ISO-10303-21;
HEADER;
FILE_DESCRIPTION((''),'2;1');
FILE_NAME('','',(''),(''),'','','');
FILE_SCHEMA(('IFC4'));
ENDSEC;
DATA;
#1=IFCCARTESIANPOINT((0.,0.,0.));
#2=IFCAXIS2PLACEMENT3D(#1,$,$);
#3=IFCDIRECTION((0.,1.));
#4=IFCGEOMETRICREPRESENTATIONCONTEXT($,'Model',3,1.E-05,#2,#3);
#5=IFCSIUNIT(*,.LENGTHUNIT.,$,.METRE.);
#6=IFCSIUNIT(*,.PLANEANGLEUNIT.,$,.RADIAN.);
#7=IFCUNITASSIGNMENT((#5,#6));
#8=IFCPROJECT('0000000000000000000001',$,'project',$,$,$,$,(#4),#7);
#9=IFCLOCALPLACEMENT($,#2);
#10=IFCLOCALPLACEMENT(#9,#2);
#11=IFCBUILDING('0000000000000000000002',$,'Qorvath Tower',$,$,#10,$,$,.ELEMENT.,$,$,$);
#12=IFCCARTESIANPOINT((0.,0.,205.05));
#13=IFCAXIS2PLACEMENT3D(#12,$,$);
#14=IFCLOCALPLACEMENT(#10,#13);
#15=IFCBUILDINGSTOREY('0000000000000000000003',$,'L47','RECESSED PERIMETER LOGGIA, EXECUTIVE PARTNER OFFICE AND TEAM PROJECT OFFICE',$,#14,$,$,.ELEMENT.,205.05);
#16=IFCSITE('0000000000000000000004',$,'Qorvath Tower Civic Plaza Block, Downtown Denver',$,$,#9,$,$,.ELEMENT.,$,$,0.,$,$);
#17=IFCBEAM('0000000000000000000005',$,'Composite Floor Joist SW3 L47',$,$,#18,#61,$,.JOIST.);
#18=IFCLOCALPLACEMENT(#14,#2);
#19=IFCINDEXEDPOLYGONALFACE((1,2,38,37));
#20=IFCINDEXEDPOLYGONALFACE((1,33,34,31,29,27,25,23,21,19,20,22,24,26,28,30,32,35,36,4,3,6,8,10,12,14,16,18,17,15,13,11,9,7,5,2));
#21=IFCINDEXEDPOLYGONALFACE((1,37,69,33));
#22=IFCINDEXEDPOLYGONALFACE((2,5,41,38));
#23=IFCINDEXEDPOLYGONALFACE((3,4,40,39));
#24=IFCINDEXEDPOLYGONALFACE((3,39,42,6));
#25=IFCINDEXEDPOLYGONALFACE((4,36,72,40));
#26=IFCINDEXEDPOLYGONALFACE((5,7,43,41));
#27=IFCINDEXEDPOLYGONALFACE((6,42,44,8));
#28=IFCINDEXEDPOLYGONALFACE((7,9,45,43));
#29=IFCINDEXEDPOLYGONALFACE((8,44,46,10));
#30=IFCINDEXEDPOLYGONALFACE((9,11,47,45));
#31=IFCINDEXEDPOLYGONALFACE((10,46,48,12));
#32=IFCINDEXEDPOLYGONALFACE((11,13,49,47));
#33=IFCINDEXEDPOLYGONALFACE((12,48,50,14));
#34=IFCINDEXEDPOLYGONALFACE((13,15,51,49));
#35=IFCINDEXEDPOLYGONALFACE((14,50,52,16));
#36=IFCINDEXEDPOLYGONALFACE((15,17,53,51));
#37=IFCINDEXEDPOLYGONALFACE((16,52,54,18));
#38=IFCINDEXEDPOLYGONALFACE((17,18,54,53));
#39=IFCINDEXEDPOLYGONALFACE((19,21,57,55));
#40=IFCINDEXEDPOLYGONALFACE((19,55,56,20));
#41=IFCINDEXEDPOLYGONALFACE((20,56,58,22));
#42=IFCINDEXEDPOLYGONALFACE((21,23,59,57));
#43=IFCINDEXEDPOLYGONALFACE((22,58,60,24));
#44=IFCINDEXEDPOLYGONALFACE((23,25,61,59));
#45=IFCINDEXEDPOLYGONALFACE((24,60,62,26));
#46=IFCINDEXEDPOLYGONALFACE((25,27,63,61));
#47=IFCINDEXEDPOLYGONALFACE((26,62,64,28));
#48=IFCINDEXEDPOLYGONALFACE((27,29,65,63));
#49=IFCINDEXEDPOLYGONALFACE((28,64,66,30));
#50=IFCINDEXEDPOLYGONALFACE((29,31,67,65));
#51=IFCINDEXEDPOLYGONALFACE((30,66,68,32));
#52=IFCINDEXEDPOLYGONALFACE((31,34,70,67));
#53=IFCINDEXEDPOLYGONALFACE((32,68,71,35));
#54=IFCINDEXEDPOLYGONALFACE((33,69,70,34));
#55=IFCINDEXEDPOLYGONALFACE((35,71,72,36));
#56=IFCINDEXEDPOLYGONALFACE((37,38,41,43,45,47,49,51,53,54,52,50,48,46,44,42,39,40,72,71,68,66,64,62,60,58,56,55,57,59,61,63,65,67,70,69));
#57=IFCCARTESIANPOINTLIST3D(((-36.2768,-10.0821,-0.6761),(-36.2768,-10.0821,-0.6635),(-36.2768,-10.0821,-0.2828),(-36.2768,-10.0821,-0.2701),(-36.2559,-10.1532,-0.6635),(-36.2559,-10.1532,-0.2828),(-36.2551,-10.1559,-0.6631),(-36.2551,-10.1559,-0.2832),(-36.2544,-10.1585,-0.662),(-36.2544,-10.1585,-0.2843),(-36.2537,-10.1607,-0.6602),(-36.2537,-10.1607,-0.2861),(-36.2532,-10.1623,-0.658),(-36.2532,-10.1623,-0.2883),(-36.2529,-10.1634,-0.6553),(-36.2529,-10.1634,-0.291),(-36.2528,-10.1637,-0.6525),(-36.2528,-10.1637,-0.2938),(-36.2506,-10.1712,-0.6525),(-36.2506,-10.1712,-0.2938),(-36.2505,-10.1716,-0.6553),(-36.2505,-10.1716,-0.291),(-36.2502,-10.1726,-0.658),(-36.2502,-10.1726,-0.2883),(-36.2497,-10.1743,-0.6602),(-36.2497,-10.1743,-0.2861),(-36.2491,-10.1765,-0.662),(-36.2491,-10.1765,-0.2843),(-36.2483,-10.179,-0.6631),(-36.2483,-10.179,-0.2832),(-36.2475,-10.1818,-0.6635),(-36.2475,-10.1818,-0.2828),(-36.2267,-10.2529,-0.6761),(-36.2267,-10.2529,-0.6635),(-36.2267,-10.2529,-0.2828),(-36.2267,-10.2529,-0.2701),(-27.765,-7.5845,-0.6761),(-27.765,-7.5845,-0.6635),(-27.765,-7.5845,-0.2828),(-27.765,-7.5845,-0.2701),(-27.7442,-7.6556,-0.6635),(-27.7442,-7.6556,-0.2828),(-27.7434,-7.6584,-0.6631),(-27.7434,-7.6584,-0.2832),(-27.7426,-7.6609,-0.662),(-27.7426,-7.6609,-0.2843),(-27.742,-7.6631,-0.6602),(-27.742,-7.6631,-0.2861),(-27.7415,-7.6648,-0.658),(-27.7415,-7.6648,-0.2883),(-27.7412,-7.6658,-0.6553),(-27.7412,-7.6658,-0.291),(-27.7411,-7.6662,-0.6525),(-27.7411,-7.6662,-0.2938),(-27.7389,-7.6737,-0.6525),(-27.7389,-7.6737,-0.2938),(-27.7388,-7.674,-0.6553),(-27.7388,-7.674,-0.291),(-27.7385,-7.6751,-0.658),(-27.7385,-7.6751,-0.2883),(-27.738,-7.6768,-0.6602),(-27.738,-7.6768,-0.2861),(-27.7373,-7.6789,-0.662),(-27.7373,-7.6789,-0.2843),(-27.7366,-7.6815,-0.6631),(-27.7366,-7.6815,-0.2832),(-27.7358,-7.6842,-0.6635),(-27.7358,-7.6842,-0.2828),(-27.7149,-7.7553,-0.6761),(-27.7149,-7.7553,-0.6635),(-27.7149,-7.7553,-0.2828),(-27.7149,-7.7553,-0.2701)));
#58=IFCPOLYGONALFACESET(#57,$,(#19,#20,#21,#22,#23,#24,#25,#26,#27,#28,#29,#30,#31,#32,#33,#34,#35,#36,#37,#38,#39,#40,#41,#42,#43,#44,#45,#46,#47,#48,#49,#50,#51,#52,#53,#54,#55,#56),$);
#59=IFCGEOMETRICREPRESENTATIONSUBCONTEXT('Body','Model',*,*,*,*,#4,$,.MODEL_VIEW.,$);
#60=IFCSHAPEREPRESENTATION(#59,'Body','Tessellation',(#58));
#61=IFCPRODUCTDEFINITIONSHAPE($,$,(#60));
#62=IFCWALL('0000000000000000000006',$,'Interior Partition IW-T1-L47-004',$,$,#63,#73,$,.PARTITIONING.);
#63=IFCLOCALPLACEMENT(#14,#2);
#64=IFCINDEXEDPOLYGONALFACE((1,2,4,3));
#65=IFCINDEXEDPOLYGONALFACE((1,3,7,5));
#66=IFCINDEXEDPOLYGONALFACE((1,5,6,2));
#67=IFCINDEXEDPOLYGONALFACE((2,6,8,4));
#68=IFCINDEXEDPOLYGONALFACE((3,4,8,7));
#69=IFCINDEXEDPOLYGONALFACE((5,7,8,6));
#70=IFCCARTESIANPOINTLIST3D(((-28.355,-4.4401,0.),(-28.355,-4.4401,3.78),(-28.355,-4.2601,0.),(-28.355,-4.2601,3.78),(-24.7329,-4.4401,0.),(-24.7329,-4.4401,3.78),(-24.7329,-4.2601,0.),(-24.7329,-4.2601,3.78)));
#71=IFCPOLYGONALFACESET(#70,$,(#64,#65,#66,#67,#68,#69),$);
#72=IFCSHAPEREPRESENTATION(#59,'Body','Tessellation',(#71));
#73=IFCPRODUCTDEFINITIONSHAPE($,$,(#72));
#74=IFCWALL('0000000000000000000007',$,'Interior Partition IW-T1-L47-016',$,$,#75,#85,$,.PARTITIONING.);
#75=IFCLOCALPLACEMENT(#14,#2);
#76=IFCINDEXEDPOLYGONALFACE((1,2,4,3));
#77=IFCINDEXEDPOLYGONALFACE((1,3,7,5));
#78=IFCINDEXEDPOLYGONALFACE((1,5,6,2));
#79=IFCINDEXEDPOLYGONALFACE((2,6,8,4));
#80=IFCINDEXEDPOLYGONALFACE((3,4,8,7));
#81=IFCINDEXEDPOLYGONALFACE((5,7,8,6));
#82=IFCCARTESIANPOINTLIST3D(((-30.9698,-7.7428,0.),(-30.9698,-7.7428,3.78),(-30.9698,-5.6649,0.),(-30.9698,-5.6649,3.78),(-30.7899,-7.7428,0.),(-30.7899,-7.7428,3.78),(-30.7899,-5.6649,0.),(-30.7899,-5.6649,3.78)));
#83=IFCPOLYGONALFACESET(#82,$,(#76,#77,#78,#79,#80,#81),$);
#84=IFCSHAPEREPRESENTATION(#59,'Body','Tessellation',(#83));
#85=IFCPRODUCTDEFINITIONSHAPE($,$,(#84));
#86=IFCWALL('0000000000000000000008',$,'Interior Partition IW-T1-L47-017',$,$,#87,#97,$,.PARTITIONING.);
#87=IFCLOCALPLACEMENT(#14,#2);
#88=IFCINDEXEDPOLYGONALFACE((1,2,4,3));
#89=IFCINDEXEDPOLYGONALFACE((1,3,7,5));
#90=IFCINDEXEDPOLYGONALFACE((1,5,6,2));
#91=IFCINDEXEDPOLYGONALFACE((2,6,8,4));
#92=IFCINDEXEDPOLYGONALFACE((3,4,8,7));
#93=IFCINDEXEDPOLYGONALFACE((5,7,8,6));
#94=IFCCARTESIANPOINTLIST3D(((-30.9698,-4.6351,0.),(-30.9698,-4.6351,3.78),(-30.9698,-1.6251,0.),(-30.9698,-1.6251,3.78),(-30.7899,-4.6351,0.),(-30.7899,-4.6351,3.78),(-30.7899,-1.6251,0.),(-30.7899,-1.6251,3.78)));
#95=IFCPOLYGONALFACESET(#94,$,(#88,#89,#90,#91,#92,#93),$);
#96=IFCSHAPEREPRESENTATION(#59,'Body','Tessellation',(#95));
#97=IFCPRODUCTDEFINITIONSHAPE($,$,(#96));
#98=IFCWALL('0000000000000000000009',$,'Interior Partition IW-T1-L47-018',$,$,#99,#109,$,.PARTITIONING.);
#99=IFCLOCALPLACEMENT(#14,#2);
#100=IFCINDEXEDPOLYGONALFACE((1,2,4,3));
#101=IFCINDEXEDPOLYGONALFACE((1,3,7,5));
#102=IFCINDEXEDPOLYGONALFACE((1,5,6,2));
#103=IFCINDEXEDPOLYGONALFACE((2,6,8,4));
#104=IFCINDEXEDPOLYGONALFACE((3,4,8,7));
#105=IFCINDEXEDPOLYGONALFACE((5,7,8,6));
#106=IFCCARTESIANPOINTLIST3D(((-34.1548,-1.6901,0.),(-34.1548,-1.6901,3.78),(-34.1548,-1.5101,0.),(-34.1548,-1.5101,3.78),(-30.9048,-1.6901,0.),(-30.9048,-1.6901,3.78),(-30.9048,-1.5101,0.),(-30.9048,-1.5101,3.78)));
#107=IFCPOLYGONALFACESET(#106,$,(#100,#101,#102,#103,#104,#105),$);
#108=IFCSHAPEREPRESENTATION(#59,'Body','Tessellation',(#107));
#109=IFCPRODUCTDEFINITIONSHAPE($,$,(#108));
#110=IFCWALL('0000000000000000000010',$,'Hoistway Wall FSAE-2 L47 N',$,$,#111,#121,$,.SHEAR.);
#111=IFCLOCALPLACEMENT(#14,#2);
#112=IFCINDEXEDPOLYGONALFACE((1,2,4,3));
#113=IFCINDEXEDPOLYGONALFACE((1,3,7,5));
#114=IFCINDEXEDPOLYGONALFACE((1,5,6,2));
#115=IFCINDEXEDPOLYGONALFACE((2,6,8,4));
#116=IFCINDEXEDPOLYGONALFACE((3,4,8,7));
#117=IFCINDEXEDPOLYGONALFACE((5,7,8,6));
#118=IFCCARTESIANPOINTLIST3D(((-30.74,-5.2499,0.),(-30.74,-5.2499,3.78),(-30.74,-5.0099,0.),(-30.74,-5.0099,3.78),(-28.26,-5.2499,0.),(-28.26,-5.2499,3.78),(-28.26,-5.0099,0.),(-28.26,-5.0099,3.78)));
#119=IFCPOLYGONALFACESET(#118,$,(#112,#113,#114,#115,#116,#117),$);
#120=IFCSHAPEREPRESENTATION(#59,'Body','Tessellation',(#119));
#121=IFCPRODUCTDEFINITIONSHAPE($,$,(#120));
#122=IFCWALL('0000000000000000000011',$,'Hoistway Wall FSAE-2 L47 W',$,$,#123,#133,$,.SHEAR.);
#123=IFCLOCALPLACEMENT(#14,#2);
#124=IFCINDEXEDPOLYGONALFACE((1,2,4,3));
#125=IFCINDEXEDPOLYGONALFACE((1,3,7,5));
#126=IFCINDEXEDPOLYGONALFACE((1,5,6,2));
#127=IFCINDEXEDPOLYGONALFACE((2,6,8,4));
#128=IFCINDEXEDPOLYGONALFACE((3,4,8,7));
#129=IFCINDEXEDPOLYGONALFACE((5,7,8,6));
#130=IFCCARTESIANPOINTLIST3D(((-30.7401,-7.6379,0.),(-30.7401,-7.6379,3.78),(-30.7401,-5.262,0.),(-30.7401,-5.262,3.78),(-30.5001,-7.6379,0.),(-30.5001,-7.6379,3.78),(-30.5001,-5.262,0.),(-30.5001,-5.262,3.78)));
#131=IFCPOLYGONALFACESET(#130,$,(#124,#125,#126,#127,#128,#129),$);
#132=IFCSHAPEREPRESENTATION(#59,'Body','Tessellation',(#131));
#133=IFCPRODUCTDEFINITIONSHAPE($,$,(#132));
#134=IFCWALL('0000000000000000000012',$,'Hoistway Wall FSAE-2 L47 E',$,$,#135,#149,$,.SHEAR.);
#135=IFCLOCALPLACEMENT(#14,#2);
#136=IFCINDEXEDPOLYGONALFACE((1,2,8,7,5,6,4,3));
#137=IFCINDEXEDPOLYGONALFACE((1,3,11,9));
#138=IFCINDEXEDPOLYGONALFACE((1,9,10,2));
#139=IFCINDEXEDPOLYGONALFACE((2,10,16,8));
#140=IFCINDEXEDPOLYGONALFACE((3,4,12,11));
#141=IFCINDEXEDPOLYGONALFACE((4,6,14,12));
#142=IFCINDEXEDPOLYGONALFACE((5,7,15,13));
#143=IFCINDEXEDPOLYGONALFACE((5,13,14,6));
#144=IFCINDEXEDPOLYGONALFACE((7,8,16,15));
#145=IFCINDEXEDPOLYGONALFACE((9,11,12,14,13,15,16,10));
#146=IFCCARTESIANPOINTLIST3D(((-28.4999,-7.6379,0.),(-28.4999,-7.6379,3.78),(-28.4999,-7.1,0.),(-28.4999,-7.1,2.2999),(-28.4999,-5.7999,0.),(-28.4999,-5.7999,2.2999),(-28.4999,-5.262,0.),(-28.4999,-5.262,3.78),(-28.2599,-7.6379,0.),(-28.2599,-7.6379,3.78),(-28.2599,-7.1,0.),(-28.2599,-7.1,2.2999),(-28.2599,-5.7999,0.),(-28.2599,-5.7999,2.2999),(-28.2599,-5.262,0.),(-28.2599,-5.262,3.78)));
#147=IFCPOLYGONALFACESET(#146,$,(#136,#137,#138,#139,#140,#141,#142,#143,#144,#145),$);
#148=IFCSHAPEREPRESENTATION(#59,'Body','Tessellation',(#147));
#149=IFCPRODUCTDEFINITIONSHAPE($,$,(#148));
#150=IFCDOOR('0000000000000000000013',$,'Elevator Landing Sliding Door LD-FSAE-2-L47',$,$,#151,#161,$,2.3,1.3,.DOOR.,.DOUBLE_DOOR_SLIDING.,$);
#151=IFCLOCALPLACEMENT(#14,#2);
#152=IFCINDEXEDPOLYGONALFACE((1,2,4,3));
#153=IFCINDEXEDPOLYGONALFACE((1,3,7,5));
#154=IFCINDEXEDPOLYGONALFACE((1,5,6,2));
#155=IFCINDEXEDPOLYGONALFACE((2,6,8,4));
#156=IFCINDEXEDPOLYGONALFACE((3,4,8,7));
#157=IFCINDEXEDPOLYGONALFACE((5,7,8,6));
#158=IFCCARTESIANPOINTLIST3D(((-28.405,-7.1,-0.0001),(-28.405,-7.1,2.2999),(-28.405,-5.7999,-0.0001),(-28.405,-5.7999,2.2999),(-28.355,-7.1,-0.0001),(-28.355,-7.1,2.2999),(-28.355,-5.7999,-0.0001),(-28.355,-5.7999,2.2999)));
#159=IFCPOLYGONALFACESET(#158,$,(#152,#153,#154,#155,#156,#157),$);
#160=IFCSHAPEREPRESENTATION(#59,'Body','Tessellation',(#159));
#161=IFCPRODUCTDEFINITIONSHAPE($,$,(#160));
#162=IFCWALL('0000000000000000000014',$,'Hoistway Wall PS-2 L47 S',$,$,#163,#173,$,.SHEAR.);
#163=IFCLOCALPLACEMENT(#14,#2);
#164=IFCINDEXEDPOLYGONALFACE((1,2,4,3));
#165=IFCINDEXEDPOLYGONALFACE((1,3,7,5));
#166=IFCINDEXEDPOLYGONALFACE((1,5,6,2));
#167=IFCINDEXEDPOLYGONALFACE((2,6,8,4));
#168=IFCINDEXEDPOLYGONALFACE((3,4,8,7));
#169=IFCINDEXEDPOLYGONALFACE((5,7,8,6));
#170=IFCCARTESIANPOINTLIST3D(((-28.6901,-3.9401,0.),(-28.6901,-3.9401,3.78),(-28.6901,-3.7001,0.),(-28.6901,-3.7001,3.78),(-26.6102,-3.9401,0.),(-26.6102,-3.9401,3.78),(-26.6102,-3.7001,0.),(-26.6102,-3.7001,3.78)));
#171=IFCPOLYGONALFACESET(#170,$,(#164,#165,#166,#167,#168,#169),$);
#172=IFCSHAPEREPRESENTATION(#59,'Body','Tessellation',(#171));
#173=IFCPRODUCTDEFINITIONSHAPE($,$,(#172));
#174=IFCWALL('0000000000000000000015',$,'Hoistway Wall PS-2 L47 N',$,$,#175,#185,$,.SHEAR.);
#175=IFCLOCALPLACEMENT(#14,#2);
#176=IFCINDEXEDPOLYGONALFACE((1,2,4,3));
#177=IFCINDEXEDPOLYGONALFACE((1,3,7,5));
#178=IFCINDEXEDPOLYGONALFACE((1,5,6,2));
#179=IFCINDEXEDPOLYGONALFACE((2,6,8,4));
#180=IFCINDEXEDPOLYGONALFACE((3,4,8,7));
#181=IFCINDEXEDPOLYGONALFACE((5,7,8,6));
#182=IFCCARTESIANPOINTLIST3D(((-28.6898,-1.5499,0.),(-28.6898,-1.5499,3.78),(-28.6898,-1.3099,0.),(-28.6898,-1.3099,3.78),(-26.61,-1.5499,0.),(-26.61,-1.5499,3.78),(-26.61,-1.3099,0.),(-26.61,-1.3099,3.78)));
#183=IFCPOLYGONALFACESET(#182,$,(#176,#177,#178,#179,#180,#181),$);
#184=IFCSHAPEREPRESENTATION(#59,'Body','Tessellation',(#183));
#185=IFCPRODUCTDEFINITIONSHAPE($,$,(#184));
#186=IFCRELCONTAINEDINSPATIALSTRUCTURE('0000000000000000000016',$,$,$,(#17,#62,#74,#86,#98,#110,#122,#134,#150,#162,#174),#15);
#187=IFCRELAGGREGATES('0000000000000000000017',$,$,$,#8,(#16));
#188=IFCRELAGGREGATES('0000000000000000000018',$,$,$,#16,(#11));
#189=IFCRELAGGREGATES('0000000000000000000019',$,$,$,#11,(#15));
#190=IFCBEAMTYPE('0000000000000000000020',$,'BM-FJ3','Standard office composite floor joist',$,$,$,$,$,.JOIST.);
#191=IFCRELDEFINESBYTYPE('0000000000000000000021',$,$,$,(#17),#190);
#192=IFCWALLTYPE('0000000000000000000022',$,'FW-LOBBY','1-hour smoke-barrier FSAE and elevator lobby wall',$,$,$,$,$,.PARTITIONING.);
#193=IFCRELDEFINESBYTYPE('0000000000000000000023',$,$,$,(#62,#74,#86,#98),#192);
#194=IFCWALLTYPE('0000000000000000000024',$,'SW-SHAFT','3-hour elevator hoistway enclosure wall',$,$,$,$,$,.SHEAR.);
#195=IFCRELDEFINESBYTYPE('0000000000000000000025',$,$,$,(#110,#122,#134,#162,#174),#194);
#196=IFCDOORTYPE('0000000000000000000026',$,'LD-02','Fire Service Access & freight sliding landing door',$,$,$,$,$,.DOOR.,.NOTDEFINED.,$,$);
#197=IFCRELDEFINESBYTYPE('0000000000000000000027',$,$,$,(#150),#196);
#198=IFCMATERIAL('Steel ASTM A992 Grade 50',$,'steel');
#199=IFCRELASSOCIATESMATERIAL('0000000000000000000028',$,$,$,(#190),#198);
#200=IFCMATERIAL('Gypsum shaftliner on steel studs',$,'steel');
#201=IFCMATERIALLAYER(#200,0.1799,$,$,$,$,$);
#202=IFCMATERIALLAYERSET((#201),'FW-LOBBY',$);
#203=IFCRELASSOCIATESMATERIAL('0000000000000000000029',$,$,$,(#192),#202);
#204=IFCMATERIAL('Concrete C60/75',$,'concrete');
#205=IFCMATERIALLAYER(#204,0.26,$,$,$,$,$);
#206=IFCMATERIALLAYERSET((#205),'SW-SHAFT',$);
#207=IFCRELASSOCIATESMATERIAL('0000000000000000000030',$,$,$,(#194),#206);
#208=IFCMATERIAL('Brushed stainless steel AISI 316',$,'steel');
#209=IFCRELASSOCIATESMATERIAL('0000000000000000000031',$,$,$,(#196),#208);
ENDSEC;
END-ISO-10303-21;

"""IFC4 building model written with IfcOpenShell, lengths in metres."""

from ifc_helpers import new_model, si_unit, direction, frame, frame_2d, origin, origin_2d, place, context, subcontext, project, spatial, rectangle, i_section, extrude, material, layer, layer_set, material_profile, profile_set, type_object, element, fill, save


model = new_model("IFC4")

# Units and contexts
model_context = context("Model", 3, precision=1e-05, world=origin(), true_north=direction((0.0, 1.0)))
body_context = subcontext(model_context, "Body", "Model", "MODEL_VIEW")
ifc_project = project(units=[si_unit("LENGTHUNIT", "METRE"), si_unit("PLANEANGLEUNIT", "RADIAN")], contexts=[model_context])

# Site, building, storey
site_placement = place(None, origin())
site = spatial("IfcSite", under=ifc_project, at=site_placement, Name="Qorvath Tower Civic Plaza Block, Downtown Denver", CompositionType="ELEMENT", RefElevation=0.0)
building_placement = place(site_placement, origin())
building = spatial("IfcBuilding", under=site, at=building_placement, Name="Qorvath Tower", CompositionType="ELEMENT")
storey_placement = place(building_placement, frame((0.0, 0.0, 205.05)))
storey = spatial("IfcBuildingStorey", under=building, at=storey_placement, Name="L47", Description="RECESSED PERIMETER LOGGIA, EXECUTIVE PARTNER OFFICE AND TEAM PROJECT OFFICE", CompositionType="ELEMENT", Elevation=205.05)

# Beam
ifc_material_1 = material(Name="Steel ASTM A992 Grade 50", Category="steel")
ifc_material_profile_1 = material_profile(ifc_material_1, i_section(OverallWidth=0.178, OverallDepth=0.406, WebThickness=0.0078, FlangeThickness=0.0127, FilletRadius=0.011, at=origin_2d()), Name="W16x40")
ifc_profile_set_1 = profile_set([ifc_material_profile_1], Name="Steel ASTM A992 Grade 50")
beam_type_1 = type_object("IfcBeamType", Name="BM-FJ3", Description="Standard office composite floor joist", PredefinedType="JOIST", material=ifc_profile_set_1)
beam_1_placement = place(storey_placement, frame((-27.74, -7.6699, -0.4731), z_axis=(-0.959545, -0.281555, 0.0), x_axis=(0.281555, -0.959545, 0.0)))
element("IfcBeam", 1, at=beam_1_placement, inside=storey, type_object=beam_type_1, Name="Composite Floor Joist SW3 L47", PredefinedType="JOIST", context=body_context, shape_type="SweptSolid", body=[
    extrude(i_section(OverallWidth=0.178, OverallDepth=0.406, WebThickness=0.0078, FlangeThickness=0.0127, FilletRadius=0.011, at=origin_2d()), origin(), (0.0, 0.0, 1.0), 8.8706),
])

# Walls
ifc_material_2 = material(Name="Gypsum shaftliner on steel studs", Category="steel")
ifc_layer_1 = layer(ifc_material_2, 0.1799)
ifc_layer_set_1 = layer_set([ifc_layer_1], Name="FW-LOBBY")
wall_type_1 = type_object("IfcWallType", Name="FW-LOBBY", Description="1-hour smoke-barrier FSAE and elevator lobby wall", PredefinedType="PARTITIONING", material=ifc_layer_set_1)
wall_1_placement = place(storey_placement, frame((-24.7329, -4.3501, 0.0), z_axis=(0.0, 0.0, 1.0), x_axis=(-1.0, 0.0, 0.0)))
element("IfcWall", 2, at=wall_1_placement, inside=storey, type_object=wall_type_1, Name="Interior Partition IW-T1-L47-004", PredefinedType="PARTITIONING", context=body_context, shape_type="SweptSolid", body=[
    extrude(rectangle(XDim=3.6221, YDim=0.1799, at=frame_2d((1.811, 0.0))), origin(), (0.0, 0.0, 1.0), 3.78),
])
wall_2_placement = place(storey_placement, frame((-30.8799, -7.7429, 0.0), z_axis=(0.0, 0.0, 1.0), x_axis=(0.0, 1.0, 0.0)))
element("IfcWall", 3, at=wall_2_placement, inside=storey, type_object=wall_type_1, Name="Interior Partition IW-T1-L47-016", PredefinedType="PARTITIONING", context=body_context, shape_type="SweptSolid", body=[
    extrude(rectangle(XDim=2.0779, YDim=0.1799, at=frame_2d((1.0391, 0.0))), origin(), (0.0, 0.0, 1.0), 3.78),
])
wall_3_placement = place(storey_placement, frame((-30.8799, -4.635, 0.0), z_axis=(0.0, 0.0, 1.0), x_axis=(0.0, 1.0, 0.0)))
element("IfcWall", 4, at=wall_3_placement, inside=storey, type_object=wall_type_1, Name="Interior Partition IW-T1-L47-017", PredefinedType="PARTITIONING", context=body_context, shape_type="SweptSolid", body=[
    extrude(rectangle(XDim=3.01, YDim=0.1799, at=frame_2d((1.5049, 0.0))), origin(), (0.0, 0.0, 1.0), 3.78),
])
wall_4_placement = place(storey_placement, frame((-30.9048, -1.6001, 0.0), z_axis=(0.0, 0.0, 1.0), x_axis=(-1.0, 0.0, 0.0)))
element("IfcWall", 5, at=wall_4_placement, inside=storey, type_object=wall_type_1, Name="Interior Partition IW-T1-L47-018", PredefinedType="PARTITIONING", context=body_context, shape_type="SweptSolid", body=[
    extrude(rectangle(XDim=3.25, YDim=0.1799, at=frame_2d((1.625, 0.0))), origin(), (0.0, 0.0, 1.0), 3.78),
])
ifc_material_3 = material(Name="Concrete C60/75", Category="concrete")
ifc_layer_2 = layer(ifc_material_3, 0.26)
ifc_layer_set_2 = layer_set([ifc_layer_2], Name="SW-SHAFT")
wall_type_2 = type_object("IfcWallType", Name="SW-SHAFT", Description="3-hour elevator hoistway enclosure wall", PredefinedType="SHEAR", material=ifc_layer_set_2)
wall_5_placement = place(storey_placement, frame((-30.74, -5.1299, 0.0), z_axis=(0.0, 0.0, 1.0), x_axis=(1.0, 0.0, 0.0)))
element("IfcWall", 6, at=wall_5_placement, inside=storey, type_object=wall_type_2, Name="Hoistway Wall FSAE-2 L47 N", PredefinedType="SHEAR", context=body_context, shape_type="SweptSolid", body=[
    extrude(rectangle(XDim=2.48, YDim=0.24, at=frame_2d((1.24, 0.0))), origin(), (0.0, 0.0, 1.0), 3.78),
])
wall_6_placement = place(storey_placement, frame((-30.6201, -7.6379, 0.0), z_axis=(0.0, 0.0, 1.0), x_axis=(0.0, 1.0, 0.0)))
element("IfcWall", 7, at=wall_6_placement, inside=storey, type_object=wall_type_2, Name="Hoistway Wall FSAE-2 L47 W", PredefinedType="SHEAR", context=body_context, shape_type="SweptSolid", body=[
    extrude(rectangle(XDim=2.376, YDim=0.24, at=frame_2d((1.188, 0.0))), origin(), (0.0, 0.0, 1.0), 3.78),
])

# Wall, opening, door
wall_7_placement = place(storey_placement, frame((-28.3799, -5.262, 0.0), z_axis=(0.0, 0.0, 1.0), x_axis=(0.0, -1.0, 0.0)))
wall_7 = element("IfcWall", 8, at=wall_7_placement, inside=storey, type_object=wall_type_2, Name="Hoistway Wall FSAE-2 L47 E", PredefinedType="SHEAR", context=body_context, shape_type="SweptSolid", body=[
    extrude(rectangle(XDim=2.376, YDim=0.24, at=frame_2d((1.188, 0.0))), origin(), (0.0, 0.0, 1.0), 3.78),
])
opening_1_placement = place(wall_7_placement, frame((0.5381, 0.0, 0.0)))
opening_1 = element("IfcOpeningElement", 9, at=opening_1_placement, cuts=wall_7, PredefinedType="OPENING", context=body_context, shape_type="SweptSolid", body=[
    extrude(rectangle(XDim=1.3, YDim=2.3, at=frame_2d((0.6499, 1.1499))), frame((0.0, 0.1299, 0.0), z_axis=(0.0, -1.0, 0.0), x_axis=(1.0, 0.0, 0.0)), (0.0, 0.0, 1.0), 0.26),
])
ifc_material_4 = material(Name="Brushed stainless steel AISI 316", Category="steel")
door_type_1 = type_object("IfcDoorType", Name="LD-02", Description="Fire Service Access & freight sliding landing door", OperationType="NOTDEFINED", PredefinedType="DOOR", material=ifc_material_4)
door_1_placement = place(opening_1_placement, origin())
door_1 = element("IfcDoor", 10, at=door_1_placement, inside=storey, type_object=door_type_1, Name="Elevator Landing Sliding Door LD-FSAE-2-L47", OperationType="DOUBLE_DOOR_SLIDING", OverallHeight=2.3, OverallWidth=1.3, PredefinedType="DOOR", context=body_context, shape_type="SweptSolid", body=[
    extrude(rectangle(XDim=1.3, YDim=2.3, at=frame_2d((0.6499, 1.1499))), frame((0.0, 0.0249, 0.0), z_axis=(0.0, -1.0, 0.0), x_axis=(1.0, 0.0, 0.0)), (0.0, 0.0, 1.0), 0.05),
])
fill(opening_1, door_1)

# Walls
for number, where, z_axis, x_axis, name in (
    (11, (-26.6101, -3.8201, 0.0), (0.0, 0.0, 1.0), (-1.0, 0.0, 0.0), "Hoistway Wall PS-2 L47 S"),
    (12, (-28.6899, -1.4299, 0.0), (0.0, 0.0, 1.0), (1.0, 0.0, 0.0), "Hoistway Wall PS-2 L47 N"),
):
    element("IfcWall", number, at=place(storey_placement, frame(where, z_axis=z_axis, x_axis=x_axis)), inside=storey, type_object=wall_type_2, Name=name, PredefinedType="SHEAR", context=body_context, shape_type="SweptSolid", body=[
        extrude(rectangle(XDim=2.0798, YDim=0.24, at=frame_2d((1.04, 0.0))), origin(), (0.0, 0.0, 1.0), 3.78),
    ])

save(model, "model.ifc")
